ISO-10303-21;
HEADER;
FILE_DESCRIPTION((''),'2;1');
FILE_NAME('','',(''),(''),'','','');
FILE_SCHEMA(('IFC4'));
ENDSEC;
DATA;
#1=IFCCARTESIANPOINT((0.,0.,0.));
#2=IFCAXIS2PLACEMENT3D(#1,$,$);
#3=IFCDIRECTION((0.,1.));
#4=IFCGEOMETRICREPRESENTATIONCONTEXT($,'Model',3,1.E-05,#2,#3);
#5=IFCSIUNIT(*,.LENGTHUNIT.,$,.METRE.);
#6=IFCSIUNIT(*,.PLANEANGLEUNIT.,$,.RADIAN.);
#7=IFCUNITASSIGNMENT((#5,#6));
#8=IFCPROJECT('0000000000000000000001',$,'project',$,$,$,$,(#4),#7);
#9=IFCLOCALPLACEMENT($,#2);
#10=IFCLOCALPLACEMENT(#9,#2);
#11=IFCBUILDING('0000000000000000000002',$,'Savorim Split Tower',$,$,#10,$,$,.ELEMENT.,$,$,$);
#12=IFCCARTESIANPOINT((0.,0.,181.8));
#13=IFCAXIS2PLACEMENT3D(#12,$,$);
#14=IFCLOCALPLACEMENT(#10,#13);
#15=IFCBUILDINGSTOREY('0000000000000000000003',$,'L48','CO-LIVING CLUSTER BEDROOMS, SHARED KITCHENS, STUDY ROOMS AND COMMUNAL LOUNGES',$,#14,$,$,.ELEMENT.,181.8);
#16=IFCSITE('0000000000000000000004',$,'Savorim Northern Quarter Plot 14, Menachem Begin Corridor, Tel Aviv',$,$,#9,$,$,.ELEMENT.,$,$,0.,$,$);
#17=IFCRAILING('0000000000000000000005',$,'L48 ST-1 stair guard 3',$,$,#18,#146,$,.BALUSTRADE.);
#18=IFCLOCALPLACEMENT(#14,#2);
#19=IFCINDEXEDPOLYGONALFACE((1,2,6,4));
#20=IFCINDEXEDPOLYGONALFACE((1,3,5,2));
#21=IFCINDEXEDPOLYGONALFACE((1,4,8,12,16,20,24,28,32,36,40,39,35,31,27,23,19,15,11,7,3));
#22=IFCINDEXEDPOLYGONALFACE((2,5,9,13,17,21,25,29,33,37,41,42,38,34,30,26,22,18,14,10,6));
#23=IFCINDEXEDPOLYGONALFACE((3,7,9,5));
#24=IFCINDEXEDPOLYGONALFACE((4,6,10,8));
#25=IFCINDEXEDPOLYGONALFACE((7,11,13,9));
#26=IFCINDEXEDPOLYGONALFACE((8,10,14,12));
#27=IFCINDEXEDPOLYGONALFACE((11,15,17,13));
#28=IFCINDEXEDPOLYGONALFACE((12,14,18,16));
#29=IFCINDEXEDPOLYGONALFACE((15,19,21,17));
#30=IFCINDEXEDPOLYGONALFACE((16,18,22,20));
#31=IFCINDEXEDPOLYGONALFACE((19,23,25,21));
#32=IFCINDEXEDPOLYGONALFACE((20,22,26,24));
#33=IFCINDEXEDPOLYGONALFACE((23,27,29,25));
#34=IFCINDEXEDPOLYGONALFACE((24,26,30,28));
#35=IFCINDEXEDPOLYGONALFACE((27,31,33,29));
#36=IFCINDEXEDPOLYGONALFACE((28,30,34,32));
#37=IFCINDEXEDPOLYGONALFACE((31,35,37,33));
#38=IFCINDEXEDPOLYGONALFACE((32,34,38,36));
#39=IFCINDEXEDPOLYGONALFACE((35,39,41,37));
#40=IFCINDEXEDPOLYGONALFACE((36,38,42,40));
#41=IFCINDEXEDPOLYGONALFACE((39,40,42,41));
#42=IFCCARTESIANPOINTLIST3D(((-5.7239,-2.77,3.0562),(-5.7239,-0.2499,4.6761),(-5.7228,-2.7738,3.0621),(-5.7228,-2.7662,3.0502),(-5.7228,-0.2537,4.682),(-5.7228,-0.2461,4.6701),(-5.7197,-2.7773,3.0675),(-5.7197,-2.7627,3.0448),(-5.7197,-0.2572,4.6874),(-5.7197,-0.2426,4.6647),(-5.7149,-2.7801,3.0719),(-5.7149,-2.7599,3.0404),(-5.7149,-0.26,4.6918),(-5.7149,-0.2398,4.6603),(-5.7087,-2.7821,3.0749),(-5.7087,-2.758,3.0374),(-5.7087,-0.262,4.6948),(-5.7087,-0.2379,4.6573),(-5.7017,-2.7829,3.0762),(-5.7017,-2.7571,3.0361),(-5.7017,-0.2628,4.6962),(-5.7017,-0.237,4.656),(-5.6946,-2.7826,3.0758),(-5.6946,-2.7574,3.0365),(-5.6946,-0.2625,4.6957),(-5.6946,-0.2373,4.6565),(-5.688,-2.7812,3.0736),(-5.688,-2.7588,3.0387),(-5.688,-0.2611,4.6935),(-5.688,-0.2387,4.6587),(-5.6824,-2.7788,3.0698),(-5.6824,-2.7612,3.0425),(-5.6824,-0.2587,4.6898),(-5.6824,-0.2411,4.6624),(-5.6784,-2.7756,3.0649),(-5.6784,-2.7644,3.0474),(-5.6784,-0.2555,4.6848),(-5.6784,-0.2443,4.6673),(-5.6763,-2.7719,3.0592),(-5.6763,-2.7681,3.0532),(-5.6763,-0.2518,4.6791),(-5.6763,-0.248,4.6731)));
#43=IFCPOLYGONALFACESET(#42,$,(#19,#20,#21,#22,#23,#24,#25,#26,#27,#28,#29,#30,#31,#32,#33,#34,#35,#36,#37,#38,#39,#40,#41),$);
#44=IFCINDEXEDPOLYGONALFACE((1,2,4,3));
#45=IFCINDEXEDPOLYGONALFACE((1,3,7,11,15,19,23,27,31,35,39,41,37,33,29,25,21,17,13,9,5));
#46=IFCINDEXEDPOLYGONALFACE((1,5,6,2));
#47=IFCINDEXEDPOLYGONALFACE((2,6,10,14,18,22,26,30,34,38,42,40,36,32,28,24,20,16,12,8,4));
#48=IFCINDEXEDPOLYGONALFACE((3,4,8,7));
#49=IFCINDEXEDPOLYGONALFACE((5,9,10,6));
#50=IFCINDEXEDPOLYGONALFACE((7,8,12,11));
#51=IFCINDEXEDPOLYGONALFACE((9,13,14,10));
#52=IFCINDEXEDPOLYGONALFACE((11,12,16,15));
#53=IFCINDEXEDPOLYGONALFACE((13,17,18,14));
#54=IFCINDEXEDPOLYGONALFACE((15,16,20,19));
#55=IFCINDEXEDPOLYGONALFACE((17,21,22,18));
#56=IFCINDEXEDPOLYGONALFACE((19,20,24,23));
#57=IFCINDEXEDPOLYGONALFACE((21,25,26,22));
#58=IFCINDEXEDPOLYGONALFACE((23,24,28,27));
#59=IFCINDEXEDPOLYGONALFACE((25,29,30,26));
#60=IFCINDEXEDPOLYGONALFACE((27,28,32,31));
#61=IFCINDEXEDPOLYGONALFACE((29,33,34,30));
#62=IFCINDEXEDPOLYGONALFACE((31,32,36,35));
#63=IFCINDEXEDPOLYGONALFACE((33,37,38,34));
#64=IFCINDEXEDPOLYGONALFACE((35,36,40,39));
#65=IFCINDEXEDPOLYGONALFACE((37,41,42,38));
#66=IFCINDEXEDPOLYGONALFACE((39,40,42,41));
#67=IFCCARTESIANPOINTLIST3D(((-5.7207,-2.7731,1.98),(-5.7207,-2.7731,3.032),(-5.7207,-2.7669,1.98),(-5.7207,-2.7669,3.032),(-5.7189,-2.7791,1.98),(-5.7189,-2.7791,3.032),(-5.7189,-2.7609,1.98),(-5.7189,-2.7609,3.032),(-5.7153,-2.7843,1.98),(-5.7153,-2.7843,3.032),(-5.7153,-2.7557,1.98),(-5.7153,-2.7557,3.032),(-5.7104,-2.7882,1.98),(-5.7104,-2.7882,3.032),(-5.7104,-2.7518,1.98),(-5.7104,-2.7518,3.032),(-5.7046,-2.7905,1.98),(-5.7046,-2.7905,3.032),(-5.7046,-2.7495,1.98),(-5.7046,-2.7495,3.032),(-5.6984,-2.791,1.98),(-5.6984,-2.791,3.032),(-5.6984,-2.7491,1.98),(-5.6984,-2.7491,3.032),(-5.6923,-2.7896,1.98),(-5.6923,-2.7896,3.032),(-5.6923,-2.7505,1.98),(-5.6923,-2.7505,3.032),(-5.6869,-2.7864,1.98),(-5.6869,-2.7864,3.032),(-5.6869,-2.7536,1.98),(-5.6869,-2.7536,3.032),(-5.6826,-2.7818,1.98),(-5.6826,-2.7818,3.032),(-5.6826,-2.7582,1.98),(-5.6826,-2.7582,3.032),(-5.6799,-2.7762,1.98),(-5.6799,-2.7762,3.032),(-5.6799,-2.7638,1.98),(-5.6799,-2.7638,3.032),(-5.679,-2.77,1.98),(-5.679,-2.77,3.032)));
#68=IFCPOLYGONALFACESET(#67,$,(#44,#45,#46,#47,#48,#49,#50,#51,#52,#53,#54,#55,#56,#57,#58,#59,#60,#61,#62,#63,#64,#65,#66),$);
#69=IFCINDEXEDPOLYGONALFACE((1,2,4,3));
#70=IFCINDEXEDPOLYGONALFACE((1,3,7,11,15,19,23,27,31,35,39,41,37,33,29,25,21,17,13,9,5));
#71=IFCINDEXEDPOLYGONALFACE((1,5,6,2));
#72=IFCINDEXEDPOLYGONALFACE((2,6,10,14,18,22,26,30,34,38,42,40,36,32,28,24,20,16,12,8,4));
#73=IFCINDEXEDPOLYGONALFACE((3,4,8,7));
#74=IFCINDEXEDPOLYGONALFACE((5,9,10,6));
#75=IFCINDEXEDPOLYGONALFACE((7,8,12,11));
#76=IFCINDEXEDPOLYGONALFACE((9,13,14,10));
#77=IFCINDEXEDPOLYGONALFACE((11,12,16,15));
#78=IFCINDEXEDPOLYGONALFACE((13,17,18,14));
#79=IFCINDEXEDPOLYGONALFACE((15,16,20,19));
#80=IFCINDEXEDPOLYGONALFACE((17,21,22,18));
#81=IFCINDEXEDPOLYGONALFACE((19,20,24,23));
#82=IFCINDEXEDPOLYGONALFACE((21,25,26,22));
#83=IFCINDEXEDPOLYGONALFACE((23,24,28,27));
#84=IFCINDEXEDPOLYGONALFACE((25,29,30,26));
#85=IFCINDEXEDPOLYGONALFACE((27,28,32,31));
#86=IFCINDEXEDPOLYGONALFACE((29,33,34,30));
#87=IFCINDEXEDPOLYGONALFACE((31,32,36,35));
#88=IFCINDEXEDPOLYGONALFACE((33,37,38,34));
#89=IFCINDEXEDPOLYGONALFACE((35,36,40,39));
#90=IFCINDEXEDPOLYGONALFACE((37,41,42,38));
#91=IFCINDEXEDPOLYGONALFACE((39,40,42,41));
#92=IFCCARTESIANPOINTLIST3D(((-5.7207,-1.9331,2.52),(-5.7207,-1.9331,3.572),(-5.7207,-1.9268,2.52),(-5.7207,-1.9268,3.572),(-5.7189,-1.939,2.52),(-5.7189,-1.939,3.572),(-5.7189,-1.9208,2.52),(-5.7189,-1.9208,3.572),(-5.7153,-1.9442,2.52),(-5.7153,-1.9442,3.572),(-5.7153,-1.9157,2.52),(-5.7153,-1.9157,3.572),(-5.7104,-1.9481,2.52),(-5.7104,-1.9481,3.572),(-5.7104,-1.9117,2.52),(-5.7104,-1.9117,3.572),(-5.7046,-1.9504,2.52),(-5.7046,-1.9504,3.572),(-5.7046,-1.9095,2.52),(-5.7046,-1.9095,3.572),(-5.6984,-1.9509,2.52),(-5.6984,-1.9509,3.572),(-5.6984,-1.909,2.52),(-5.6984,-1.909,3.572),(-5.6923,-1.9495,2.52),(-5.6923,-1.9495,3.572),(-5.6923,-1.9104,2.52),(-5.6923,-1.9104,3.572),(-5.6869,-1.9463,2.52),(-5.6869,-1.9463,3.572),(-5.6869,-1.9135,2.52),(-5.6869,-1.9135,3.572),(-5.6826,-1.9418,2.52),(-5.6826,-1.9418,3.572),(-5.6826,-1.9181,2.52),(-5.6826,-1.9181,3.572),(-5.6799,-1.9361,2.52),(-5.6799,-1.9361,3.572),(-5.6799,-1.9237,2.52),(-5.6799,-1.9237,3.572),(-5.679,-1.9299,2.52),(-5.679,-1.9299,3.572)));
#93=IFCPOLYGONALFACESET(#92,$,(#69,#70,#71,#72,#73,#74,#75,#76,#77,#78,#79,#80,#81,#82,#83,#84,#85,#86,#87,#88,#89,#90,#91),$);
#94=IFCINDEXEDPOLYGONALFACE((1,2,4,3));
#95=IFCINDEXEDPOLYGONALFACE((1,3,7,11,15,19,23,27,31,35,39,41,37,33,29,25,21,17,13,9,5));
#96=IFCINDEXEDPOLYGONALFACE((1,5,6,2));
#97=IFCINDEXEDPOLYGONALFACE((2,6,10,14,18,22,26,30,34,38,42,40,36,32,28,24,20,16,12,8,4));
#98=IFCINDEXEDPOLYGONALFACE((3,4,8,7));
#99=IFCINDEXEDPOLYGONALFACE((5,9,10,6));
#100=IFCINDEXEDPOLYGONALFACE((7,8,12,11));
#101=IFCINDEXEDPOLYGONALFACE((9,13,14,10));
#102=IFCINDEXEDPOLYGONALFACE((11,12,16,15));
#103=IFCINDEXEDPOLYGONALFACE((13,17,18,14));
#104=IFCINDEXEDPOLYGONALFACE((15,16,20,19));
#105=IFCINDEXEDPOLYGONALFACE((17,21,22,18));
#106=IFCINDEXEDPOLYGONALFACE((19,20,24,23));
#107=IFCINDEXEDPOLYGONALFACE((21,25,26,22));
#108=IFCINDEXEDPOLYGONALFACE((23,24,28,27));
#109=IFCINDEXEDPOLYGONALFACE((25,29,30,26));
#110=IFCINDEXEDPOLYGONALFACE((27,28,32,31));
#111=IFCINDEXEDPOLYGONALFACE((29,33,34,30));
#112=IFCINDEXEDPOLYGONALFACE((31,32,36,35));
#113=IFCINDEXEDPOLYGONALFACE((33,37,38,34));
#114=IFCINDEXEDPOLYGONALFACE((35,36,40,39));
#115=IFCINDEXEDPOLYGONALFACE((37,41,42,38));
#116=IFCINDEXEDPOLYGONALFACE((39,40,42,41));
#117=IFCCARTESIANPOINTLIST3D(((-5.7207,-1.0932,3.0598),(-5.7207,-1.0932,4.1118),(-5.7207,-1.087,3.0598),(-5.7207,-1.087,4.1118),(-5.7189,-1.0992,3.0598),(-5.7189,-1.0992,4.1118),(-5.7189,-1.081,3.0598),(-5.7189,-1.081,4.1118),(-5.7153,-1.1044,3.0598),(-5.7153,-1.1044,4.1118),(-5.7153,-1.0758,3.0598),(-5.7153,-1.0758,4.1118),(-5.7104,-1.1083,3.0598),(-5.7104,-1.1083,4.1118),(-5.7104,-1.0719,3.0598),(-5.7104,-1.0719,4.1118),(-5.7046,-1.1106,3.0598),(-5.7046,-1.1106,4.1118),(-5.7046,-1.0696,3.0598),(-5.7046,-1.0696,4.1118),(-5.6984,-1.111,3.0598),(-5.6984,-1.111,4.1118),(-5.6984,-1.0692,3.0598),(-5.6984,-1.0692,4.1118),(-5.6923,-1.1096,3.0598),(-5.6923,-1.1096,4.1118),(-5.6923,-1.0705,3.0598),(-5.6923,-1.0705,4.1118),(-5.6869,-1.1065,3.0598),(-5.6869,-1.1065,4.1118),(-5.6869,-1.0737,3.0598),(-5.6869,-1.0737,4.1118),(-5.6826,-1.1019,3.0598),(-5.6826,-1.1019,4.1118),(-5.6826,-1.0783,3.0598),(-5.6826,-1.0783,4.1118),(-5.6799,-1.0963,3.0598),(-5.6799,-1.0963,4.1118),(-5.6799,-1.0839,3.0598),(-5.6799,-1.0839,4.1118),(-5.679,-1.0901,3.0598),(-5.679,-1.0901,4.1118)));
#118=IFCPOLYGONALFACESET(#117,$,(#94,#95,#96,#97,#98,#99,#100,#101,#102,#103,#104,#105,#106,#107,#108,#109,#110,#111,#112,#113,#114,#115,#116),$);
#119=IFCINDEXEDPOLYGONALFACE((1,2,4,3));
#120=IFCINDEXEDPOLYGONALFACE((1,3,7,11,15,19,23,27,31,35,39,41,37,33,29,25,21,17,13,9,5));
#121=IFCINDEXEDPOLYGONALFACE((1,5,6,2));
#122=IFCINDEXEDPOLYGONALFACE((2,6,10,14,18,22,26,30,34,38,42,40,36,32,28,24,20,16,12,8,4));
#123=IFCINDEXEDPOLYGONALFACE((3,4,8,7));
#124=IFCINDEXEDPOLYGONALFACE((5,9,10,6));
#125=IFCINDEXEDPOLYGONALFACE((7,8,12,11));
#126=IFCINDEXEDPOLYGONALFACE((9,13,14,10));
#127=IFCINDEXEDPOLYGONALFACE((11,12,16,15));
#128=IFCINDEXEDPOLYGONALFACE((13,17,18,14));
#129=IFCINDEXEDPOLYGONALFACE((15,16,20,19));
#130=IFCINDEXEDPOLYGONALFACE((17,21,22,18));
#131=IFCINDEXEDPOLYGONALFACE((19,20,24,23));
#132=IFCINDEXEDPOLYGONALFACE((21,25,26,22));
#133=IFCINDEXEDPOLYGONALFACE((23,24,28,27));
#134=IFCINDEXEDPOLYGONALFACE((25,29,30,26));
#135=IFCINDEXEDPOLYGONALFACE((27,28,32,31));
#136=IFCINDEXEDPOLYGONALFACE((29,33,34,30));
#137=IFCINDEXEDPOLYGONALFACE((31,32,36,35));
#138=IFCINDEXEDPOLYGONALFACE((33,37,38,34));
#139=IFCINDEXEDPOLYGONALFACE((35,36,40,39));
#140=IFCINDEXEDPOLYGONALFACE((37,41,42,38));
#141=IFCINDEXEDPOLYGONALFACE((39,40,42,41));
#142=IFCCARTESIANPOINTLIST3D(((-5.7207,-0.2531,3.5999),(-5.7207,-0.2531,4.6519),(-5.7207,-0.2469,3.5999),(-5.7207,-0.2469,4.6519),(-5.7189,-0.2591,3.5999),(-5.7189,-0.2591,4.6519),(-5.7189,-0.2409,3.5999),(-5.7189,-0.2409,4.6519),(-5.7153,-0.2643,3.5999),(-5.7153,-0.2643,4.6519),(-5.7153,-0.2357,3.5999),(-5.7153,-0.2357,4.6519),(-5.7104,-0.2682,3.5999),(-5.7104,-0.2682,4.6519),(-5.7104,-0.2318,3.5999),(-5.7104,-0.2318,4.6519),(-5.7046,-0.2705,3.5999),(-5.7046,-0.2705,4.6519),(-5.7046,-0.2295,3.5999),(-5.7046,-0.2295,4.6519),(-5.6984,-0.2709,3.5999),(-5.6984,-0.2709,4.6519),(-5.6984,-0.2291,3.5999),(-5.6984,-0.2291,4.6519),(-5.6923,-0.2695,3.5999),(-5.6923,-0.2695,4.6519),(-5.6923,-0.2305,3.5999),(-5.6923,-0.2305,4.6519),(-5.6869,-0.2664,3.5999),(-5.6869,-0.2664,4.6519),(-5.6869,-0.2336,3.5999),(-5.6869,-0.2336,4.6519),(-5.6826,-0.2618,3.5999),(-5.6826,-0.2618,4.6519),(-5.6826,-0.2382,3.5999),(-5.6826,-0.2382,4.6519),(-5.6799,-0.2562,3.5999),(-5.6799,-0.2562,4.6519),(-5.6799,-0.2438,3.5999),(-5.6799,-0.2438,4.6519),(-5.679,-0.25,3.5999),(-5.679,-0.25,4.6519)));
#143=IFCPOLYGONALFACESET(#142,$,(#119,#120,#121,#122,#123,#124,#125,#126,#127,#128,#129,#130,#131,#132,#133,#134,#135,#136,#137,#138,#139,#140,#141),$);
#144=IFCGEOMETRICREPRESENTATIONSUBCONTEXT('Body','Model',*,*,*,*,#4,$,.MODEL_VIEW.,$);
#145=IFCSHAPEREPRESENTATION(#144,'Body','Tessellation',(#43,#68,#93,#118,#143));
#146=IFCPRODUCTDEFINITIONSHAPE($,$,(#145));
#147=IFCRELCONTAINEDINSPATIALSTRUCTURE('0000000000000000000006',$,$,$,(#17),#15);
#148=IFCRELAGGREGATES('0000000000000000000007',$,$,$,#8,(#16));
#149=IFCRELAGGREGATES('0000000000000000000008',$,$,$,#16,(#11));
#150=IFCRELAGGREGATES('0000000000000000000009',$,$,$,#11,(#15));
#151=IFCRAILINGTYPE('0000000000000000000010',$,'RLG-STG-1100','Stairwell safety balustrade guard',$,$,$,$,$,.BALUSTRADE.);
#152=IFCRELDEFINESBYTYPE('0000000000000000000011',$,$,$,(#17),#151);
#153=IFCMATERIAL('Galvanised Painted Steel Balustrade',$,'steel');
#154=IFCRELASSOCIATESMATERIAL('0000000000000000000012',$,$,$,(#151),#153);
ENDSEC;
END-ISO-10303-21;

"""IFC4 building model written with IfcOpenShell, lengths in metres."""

from ifc_helpers import new_model, si_unit, direction, frame, origin, origin_2d, place, context, subcontext, project, spatial, circle, extrude, material, type_object, element, save


model = new_model("IFC4")

# Units and contexts
model_context = context("Model", 3, precision=1e-05, world=origin(), true_north=direction((0.0, 1.0)))
body_context = subcontext(model_context, "Body", "Model", "MODEL_VIEW")
ifc_project = project(units=[si_unit("LENGTHUNIT", "METRE"), si_unit("PLANEANGLEUNIT", "RADIAN")], contexts=[model_context])

# Site, building, storey
site_placement = place(None, origin())
site = spatial("IfcSite", under=ifc_project, at=site_placement, Name="Savorim Northern Quarter Plot 14, Menachem Begin Corridor, Tel Aviv", CompositionType="ELEMENT", RefElevation=0.0)
building_placement = place(site_placement, origin())
building = spatial("IfcBuilding", under=site, at=building_placement, Name="Savorim Split Tower", CompositionType="ELEMENT")
storey_placement = place(building_placement, frame((0.0, 0.0, 181.8)))
storey = spatial("IfcBuildingStorey", under=building, at=storey_placement, Name="L48", Description="CO-LIVING CLUSTER BEDROOMS, SHARED KITCHENS, STUDY ROOMS AND COMMUNAL LOUNGES", CompositionType="ELEMENT", Elevation=181.8)

# Railing
ifc_material_1 = material(Name="Galvanised Painted Steel Balustrade", Category="steel")
railing_type_1 = type_object("IfcRailingType", Name="RLG-STG-1100", Description="Stairwell safety balustrade guard", PredefinedType="BALUSTRADE", material=ifc_material_1)
railing_1_placement = place(storey_placement, frame((-5.7, -2.77, 1.98)))
element("IfcRailing", 1, at=railing_1_placement, inside=storey, type_object=railing_type_1, Name="L48 ST-1 stair guard 3", PredefinedType="BALUSTRADE", context=body_context, shape_type="SweptSolid", body=[
    extrude(circle(Radius=0.0239, at=origin_2d()), frame((0.0, 0.0, 1.0762), z_axis=(0.0, 0.8412, 0.540725), x_axis=(-1.0, 0.0, 0.0)), (0.0, 0.0, 1.0), 2.9958),
    extrude(circle(Radius=0.021, at=origin_2d()), origin(), (0.0, 0.0, 1.0), 1.052),
    extrude(circle(Radius=0.021, at=origin_2d()), frame((0.0, 0.8401, 0.54)), (0.0, 0.0, 1.0), 1.052),
    extrude(circle(Radius=0.021, at=origin_2d()), frame((0.0, 1.6799, 1.0798)), (0.0, 0.0, 1.0), 1.052),
    extrude(circle(Radius=0.021, at=origin_2d()), frame((0.0, 2.52, 1.6199)), (0.0, 0.0, 1.0), 1.052),
])

save(model, "model.ifc")
